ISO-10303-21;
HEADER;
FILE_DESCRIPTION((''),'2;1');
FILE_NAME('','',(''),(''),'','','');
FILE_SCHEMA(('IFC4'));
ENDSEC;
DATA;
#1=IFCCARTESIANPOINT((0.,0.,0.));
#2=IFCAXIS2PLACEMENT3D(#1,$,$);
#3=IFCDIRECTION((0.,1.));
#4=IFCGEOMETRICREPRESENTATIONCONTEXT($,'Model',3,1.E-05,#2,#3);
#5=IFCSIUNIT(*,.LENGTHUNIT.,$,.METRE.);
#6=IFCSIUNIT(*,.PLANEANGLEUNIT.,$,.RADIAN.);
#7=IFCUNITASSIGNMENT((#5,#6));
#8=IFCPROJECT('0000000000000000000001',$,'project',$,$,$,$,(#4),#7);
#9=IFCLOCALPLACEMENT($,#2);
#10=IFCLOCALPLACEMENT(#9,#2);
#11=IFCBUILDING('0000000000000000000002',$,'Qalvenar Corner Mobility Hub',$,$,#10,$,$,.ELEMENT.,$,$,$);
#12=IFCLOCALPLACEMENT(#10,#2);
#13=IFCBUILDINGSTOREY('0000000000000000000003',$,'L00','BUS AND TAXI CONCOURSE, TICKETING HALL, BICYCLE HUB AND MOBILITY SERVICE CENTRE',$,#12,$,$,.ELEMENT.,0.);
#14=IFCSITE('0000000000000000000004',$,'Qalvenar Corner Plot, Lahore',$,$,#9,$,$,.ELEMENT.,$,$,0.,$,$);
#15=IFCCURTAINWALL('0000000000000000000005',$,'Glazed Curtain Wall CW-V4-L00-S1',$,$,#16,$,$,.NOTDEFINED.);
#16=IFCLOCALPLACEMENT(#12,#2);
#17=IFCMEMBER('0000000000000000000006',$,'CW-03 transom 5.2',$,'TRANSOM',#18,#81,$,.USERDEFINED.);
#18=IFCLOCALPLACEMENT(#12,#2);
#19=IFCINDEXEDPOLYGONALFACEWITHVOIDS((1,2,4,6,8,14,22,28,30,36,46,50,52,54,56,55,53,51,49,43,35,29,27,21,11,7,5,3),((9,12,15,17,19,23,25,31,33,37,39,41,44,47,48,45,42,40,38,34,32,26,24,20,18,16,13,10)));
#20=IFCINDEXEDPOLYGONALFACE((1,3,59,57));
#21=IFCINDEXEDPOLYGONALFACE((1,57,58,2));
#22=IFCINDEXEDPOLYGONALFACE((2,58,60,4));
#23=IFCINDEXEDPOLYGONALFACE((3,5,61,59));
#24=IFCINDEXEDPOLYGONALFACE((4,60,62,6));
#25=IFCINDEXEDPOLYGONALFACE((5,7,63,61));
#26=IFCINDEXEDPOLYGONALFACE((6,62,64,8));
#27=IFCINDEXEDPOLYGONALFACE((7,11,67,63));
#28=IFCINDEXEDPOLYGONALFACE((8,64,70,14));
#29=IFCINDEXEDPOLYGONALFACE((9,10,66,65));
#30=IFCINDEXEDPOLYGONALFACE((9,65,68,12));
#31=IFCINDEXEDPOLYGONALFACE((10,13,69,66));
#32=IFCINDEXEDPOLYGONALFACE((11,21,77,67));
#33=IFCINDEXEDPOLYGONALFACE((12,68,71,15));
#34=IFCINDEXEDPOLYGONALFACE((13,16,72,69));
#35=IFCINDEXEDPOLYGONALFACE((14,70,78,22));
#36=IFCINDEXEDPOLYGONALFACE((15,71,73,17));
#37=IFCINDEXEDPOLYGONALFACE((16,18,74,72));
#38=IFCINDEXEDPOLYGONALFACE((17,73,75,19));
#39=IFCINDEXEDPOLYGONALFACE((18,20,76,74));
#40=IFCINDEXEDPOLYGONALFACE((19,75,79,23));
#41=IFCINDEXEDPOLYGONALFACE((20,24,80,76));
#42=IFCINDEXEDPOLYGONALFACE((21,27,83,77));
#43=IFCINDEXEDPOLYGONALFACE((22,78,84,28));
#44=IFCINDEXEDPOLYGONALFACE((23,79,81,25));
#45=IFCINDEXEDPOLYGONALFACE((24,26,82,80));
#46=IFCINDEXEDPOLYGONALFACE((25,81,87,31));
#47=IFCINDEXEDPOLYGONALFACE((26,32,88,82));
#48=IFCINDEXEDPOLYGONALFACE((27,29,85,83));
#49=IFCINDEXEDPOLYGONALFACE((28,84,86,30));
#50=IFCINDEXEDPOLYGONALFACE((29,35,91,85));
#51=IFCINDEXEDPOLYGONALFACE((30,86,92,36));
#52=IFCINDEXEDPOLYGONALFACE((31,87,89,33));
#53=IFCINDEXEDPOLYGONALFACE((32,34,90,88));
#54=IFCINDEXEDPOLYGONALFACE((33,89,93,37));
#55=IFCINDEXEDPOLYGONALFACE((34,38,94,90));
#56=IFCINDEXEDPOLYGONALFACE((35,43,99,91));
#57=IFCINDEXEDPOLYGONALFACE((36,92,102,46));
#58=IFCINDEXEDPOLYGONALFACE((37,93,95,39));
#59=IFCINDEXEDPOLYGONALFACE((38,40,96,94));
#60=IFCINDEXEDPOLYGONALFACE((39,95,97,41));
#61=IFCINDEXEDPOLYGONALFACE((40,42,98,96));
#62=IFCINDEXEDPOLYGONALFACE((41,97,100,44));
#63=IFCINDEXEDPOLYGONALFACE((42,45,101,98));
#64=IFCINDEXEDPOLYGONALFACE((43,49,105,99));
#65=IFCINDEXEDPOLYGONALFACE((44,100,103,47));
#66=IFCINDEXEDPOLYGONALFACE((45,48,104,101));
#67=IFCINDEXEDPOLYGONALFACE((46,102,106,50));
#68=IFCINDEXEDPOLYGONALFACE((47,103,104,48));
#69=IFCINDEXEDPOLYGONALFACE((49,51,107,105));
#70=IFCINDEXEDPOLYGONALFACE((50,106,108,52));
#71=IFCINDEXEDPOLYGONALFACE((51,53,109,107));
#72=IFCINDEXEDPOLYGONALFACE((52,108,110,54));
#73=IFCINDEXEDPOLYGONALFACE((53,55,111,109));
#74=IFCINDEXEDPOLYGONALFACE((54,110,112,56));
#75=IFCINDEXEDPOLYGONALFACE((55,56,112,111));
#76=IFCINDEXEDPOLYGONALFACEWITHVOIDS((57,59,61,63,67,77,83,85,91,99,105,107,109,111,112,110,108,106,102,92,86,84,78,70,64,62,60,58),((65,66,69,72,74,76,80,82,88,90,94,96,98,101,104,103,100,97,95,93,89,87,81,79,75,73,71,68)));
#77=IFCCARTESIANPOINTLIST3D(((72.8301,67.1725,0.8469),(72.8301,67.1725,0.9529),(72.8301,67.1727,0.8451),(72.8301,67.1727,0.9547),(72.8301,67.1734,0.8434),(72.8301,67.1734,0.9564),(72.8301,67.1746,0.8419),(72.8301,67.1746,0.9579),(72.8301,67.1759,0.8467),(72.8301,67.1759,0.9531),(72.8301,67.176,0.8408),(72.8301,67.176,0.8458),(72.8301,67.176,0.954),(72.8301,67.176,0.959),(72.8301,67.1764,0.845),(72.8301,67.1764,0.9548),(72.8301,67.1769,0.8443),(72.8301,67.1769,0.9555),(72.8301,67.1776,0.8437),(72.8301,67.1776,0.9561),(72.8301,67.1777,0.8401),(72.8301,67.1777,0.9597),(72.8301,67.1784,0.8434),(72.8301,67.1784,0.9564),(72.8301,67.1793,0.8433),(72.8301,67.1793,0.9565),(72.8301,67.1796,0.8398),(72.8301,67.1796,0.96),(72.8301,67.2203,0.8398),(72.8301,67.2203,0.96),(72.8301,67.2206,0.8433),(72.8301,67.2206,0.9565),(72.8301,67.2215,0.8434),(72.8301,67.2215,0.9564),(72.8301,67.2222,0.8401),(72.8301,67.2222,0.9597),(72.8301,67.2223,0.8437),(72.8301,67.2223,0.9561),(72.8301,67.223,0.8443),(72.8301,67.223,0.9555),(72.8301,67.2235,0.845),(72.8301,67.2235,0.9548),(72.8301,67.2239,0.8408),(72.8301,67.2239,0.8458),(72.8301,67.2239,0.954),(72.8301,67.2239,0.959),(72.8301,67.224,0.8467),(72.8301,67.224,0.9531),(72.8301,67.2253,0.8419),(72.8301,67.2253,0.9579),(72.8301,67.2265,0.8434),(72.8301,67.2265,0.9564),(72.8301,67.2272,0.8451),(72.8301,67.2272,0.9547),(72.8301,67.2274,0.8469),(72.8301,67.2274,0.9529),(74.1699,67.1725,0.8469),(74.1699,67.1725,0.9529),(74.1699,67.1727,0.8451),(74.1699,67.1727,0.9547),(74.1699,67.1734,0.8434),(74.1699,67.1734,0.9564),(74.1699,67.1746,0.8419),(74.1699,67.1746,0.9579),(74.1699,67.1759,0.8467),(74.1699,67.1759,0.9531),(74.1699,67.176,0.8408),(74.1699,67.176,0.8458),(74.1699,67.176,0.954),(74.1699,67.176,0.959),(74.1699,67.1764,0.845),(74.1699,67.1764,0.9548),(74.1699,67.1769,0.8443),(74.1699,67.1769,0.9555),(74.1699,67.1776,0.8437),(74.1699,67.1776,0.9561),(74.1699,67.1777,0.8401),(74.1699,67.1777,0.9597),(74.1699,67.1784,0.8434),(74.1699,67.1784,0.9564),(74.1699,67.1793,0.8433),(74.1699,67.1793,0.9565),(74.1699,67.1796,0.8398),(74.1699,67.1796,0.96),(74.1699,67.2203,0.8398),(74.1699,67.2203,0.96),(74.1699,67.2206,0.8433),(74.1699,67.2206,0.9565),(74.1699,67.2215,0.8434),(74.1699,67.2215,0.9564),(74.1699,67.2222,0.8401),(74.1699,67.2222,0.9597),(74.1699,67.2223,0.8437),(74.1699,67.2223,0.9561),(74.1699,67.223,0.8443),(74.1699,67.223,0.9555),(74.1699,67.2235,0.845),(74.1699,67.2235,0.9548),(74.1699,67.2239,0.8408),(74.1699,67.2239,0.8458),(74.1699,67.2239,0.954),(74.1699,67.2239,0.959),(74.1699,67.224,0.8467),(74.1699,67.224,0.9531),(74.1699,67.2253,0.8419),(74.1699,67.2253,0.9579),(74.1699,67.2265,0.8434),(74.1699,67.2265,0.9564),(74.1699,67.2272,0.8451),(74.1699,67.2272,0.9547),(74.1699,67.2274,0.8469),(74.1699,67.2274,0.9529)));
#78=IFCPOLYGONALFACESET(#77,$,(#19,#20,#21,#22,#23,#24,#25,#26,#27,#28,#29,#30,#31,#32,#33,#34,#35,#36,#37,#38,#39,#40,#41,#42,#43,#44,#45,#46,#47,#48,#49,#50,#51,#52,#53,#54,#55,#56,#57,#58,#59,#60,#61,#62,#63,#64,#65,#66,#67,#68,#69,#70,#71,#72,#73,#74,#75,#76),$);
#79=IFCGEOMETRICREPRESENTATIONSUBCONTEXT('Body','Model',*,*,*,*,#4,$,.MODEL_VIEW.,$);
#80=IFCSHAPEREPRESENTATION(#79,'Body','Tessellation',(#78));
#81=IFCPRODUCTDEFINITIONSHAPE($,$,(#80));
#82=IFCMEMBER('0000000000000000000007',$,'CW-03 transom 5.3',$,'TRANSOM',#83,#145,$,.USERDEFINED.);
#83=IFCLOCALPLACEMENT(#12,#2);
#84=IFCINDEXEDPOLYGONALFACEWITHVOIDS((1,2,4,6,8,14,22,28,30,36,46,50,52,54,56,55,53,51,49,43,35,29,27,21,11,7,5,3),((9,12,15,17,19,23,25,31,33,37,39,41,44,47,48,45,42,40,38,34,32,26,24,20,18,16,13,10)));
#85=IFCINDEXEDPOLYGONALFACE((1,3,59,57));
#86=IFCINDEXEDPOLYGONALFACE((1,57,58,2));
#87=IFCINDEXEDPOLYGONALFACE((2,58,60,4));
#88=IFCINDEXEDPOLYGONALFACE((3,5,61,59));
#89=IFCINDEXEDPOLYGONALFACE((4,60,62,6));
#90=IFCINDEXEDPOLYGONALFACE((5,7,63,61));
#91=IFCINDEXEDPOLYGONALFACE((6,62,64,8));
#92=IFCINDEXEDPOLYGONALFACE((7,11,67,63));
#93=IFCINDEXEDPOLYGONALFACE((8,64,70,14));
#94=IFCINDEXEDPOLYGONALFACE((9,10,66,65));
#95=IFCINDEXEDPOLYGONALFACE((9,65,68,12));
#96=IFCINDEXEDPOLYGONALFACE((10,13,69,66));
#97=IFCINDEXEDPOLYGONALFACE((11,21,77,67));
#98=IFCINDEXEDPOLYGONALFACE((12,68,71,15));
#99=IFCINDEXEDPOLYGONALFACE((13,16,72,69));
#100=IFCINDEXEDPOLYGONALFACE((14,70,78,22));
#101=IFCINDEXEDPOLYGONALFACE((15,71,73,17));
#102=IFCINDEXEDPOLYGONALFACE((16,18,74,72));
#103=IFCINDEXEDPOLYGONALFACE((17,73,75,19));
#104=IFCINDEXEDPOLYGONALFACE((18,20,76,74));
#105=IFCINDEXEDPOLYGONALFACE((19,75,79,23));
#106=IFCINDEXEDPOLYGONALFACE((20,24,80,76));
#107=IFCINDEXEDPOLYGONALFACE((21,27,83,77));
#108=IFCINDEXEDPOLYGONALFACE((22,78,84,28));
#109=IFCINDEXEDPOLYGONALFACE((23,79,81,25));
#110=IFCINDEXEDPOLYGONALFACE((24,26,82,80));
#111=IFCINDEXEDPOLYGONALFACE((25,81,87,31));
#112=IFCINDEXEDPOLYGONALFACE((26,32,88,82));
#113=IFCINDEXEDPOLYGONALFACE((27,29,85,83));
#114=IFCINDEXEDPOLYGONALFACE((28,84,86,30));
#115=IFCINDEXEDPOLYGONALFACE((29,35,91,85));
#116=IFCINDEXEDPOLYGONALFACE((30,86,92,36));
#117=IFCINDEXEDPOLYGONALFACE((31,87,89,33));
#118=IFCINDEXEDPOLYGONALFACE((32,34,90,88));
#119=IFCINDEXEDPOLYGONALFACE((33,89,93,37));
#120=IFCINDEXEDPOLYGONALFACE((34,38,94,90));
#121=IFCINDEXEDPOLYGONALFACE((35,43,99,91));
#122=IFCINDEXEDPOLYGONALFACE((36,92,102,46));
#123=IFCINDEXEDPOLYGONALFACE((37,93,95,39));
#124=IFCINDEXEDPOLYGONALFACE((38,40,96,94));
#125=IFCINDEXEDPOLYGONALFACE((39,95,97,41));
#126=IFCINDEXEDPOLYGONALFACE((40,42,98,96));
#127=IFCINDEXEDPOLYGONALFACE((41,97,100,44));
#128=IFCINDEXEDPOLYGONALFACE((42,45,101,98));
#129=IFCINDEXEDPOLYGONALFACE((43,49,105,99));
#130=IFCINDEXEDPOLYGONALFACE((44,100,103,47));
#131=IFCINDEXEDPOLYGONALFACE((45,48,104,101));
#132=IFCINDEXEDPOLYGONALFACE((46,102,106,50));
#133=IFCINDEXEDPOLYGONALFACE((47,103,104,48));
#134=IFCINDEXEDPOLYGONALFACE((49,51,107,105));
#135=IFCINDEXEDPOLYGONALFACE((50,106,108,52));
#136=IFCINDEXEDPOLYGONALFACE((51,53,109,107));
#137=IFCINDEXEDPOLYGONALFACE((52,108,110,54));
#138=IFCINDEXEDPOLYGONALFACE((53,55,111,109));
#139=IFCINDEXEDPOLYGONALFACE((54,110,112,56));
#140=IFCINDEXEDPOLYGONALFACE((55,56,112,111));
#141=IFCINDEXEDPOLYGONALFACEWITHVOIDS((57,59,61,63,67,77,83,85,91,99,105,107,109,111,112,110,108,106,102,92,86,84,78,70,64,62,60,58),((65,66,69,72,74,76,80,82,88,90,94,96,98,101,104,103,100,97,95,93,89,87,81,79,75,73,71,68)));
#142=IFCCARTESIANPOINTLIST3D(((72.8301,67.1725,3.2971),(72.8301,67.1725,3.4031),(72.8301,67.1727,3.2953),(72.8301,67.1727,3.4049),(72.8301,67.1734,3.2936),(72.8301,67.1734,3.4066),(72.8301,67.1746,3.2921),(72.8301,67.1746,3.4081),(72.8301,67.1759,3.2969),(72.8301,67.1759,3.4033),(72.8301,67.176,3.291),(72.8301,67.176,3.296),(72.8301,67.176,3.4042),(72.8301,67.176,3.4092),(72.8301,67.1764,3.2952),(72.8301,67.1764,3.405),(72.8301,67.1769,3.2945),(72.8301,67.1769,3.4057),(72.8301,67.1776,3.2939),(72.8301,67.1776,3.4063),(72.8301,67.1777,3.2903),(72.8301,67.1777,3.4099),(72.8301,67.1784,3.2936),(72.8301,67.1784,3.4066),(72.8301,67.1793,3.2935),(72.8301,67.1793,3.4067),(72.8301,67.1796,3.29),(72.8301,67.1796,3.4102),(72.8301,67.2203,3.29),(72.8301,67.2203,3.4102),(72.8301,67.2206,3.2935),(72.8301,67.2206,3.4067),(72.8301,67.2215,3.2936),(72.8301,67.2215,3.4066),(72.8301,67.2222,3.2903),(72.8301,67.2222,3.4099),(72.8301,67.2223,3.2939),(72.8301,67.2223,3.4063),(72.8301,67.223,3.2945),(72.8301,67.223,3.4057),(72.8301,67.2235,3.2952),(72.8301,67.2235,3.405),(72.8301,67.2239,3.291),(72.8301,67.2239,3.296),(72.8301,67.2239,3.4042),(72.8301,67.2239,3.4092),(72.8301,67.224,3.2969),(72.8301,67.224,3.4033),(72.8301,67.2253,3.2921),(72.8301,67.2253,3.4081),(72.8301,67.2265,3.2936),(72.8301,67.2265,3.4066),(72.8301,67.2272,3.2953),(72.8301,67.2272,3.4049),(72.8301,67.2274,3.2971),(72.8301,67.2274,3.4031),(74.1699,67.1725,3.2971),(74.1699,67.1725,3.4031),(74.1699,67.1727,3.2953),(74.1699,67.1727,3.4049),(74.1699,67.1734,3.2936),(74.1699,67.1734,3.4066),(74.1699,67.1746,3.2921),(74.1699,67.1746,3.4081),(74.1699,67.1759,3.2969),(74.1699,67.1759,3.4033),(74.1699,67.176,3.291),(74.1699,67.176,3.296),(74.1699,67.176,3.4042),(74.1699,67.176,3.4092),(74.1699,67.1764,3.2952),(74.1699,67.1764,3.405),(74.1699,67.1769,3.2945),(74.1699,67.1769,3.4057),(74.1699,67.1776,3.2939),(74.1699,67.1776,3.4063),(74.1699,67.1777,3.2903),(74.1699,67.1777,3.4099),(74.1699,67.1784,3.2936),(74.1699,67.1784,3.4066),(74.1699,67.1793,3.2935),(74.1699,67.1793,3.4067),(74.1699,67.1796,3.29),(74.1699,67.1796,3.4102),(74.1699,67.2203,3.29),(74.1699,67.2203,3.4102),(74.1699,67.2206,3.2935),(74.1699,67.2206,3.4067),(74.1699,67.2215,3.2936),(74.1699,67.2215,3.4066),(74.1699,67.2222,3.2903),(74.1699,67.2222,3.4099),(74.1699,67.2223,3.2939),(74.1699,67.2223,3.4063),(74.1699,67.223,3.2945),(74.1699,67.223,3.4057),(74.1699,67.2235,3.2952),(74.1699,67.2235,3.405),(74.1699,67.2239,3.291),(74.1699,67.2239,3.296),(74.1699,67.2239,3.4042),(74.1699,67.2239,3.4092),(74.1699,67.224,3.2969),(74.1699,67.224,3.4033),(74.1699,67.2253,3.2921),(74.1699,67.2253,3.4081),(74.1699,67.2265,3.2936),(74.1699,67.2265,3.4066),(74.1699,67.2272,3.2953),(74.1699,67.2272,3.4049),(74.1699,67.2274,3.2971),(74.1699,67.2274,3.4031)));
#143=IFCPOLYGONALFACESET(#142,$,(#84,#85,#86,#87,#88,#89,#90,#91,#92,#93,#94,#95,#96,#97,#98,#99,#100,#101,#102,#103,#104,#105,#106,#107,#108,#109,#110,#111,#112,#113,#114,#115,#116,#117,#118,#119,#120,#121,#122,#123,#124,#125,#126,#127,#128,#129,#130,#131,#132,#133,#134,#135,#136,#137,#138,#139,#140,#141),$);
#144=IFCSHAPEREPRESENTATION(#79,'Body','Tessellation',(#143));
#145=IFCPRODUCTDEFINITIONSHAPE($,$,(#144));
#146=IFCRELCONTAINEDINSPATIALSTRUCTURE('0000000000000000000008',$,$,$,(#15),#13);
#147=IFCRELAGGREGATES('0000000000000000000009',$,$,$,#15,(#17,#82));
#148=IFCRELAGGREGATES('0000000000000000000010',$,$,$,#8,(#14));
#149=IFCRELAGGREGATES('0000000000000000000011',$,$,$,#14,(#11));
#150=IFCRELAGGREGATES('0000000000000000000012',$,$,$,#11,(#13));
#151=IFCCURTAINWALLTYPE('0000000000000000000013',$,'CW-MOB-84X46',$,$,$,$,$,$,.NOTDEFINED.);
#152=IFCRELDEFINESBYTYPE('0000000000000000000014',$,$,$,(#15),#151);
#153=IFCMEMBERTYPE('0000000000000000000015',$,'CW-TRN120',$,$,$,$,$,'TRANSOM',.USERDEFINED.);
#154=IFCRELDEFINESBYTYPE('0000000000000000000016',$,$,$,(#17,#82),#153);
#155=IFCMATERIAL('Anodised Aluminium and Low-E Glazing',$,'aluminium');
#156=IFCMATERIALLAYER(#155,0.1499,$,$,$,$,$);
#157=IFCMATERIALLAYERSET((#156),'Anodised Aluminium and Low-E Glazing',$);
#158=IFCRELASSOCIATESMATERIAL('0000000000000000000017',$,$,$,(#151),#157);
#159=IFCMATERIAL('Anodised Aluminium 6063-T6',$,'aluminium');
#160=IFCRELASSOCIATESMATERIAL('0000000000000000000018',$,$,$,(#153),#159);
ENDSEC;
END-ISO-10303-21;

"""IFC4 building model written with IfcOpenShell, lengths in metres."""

from ifc_helpers import new_model, si_unit, direction, frame, origin, origin_2d, place, context, subcontext, project, spatial, hollow_rectangle, extrude, material, layer, layer_set, material_profile, profile_set, type_object, element, aggregate, save


model = new_model("IFC4")

# Units and contexts
model_context = context("Model", 3, precision=1e-05, world=origin(), true_north=direction((0.0, 1.0)))
body_context = subcontext(model_context, "Body", "Model", "MODEL_VIEW")
ifc_project = project(units=[si_unit("LENGTHUNIT", "METRE"), si_unit("PLANEANGLEUNIT", "RADIAN")], contexts=[model_context])

# Site, building, storey
site_placement = place(None, origin())
site = spatial("IfcSite", under=ifc_project, at=site_placement, Name="Qalvenar Corner Plot, Lahore", CompositionType="ELEMENT", RefElevation=0.0)
building_placement = place(site_placement, origin())
building = spatial("IfcBuilding", under=site, at=building_placement, Name="Qalvenar Corner Mobility Hub", CompositionType="ELEMENT")
storey_placement = place(building_placement, origin())
storey = spatial("IfcBuildingStorey", under=building, at=storey_placement, Name="L00", Description="BUS AND TAXI CONCOURSE, TICKETING HALL, BICYCLE HUB AND MOBILITY SERVICE CENTRE", CompositionType="ELEMENT", Elevation=0.0)

# Curtain wall
ifc_material_1 = material(Name="Anodised Aluminium and Low-E Glazing", Category="aluminium")
ifc_layer_1 = layer(ifc_material_1, 0.1499)
ifc_layer_set_1 = layer_set([ifc_layer_1], Name="Anodised Aluminium and Low-E Glazing")
curtain_wall_type = type_object("IfcCurtainWallType", Name="CW-MOB-84X46", PredefinedType="NOTDEFINED", material=ifc_layer_set_1)
curtain_wall_1_placement = place(storey_placement, origin())
curtain_wall_1 = element("IfcCurtainWall", 1, at=curtain_wall_1_placement, inside=storey, type_object=curtain_wall_type, Name="Glazed Curtain Wall CW-V4-L00-S1", PredefinedType="NOTDEFINED")
ifc_material_2 = material(Name="Anodised Aluminium 6063-T6", Category="aluminium")

# Members
ifc_material_profile_1 = material_profile(ifc_material_2, hollow_rectangle(XDim=0.0549, YDim=0.1201, WallThickness=0.0034, InnerFilletRadius=0.0034, OuterFilletRadius=0.0071, at=origin_2d()), Name="RHS120x55x3.5")
ifc_profile_set_1 = profile_set([ifc_material_profile_1], Name="Anodised Aluminium 6063-T6")
member_type_1 = type_object("IfcMemberType", Name="CW-TRN120", ElementType="TRANSOM", PredefinedType="USERDEFINED", material=ifc_profile_set_1)
member_1_placement = place(storey_placement, frame((72.8301, 67.2, 0.8999), z_axis=(1.0, 0.0, 0.0), x_axis=(0.0, 1.0, 0.0)))
member_1 = element("IfcMember", 2, at=member_1_placement, type_object=member_type_1, Name="CW-03 transom 5.2", ObjectType="TRANSOM", PredefinedType="USERDEFINED", context=body_context, shape_type="SweptSolid", body=[
    extrude(hollow_rectangle(XDim=0.0549, YDim=0.1201, WallThickness=0.0034, InnerFilletRadius=0.0034, OuterFilletRadius=0.0071, at=origin_2d()), origin(), (0.0, 0.0, 1.0), 1.3398),
])
member_2_placement = place(storey_placement, frame((72.8301, 67.2, 3.3501), z_axis=(1.0, 0.0, 0.0), x_axis=(0.0, 1.0, 0.0)))
member_2 = element("IfcMember", 3, at=member_2_placement, type_object=member_type_1, Name="CW-03 transom 5.3", ObjectType="TRANSOM", PredefinedType="USERDEFINED", context=body_context, shape_type="SweptSolid", body=[
    extrude(hollow_rectangle(XDim=0.0549, YDim=0.1201, WallThickness=0.0034, InnerFilletRadius=0.0034, OuterFilletRadius=0.0071, at=origin_2d()), origin(), (0.0, 0.0, 1.0), 1.3398),
])

aggregate(curtain_wall_1, [member_1, member_2])

save(model, "model.ifc")
